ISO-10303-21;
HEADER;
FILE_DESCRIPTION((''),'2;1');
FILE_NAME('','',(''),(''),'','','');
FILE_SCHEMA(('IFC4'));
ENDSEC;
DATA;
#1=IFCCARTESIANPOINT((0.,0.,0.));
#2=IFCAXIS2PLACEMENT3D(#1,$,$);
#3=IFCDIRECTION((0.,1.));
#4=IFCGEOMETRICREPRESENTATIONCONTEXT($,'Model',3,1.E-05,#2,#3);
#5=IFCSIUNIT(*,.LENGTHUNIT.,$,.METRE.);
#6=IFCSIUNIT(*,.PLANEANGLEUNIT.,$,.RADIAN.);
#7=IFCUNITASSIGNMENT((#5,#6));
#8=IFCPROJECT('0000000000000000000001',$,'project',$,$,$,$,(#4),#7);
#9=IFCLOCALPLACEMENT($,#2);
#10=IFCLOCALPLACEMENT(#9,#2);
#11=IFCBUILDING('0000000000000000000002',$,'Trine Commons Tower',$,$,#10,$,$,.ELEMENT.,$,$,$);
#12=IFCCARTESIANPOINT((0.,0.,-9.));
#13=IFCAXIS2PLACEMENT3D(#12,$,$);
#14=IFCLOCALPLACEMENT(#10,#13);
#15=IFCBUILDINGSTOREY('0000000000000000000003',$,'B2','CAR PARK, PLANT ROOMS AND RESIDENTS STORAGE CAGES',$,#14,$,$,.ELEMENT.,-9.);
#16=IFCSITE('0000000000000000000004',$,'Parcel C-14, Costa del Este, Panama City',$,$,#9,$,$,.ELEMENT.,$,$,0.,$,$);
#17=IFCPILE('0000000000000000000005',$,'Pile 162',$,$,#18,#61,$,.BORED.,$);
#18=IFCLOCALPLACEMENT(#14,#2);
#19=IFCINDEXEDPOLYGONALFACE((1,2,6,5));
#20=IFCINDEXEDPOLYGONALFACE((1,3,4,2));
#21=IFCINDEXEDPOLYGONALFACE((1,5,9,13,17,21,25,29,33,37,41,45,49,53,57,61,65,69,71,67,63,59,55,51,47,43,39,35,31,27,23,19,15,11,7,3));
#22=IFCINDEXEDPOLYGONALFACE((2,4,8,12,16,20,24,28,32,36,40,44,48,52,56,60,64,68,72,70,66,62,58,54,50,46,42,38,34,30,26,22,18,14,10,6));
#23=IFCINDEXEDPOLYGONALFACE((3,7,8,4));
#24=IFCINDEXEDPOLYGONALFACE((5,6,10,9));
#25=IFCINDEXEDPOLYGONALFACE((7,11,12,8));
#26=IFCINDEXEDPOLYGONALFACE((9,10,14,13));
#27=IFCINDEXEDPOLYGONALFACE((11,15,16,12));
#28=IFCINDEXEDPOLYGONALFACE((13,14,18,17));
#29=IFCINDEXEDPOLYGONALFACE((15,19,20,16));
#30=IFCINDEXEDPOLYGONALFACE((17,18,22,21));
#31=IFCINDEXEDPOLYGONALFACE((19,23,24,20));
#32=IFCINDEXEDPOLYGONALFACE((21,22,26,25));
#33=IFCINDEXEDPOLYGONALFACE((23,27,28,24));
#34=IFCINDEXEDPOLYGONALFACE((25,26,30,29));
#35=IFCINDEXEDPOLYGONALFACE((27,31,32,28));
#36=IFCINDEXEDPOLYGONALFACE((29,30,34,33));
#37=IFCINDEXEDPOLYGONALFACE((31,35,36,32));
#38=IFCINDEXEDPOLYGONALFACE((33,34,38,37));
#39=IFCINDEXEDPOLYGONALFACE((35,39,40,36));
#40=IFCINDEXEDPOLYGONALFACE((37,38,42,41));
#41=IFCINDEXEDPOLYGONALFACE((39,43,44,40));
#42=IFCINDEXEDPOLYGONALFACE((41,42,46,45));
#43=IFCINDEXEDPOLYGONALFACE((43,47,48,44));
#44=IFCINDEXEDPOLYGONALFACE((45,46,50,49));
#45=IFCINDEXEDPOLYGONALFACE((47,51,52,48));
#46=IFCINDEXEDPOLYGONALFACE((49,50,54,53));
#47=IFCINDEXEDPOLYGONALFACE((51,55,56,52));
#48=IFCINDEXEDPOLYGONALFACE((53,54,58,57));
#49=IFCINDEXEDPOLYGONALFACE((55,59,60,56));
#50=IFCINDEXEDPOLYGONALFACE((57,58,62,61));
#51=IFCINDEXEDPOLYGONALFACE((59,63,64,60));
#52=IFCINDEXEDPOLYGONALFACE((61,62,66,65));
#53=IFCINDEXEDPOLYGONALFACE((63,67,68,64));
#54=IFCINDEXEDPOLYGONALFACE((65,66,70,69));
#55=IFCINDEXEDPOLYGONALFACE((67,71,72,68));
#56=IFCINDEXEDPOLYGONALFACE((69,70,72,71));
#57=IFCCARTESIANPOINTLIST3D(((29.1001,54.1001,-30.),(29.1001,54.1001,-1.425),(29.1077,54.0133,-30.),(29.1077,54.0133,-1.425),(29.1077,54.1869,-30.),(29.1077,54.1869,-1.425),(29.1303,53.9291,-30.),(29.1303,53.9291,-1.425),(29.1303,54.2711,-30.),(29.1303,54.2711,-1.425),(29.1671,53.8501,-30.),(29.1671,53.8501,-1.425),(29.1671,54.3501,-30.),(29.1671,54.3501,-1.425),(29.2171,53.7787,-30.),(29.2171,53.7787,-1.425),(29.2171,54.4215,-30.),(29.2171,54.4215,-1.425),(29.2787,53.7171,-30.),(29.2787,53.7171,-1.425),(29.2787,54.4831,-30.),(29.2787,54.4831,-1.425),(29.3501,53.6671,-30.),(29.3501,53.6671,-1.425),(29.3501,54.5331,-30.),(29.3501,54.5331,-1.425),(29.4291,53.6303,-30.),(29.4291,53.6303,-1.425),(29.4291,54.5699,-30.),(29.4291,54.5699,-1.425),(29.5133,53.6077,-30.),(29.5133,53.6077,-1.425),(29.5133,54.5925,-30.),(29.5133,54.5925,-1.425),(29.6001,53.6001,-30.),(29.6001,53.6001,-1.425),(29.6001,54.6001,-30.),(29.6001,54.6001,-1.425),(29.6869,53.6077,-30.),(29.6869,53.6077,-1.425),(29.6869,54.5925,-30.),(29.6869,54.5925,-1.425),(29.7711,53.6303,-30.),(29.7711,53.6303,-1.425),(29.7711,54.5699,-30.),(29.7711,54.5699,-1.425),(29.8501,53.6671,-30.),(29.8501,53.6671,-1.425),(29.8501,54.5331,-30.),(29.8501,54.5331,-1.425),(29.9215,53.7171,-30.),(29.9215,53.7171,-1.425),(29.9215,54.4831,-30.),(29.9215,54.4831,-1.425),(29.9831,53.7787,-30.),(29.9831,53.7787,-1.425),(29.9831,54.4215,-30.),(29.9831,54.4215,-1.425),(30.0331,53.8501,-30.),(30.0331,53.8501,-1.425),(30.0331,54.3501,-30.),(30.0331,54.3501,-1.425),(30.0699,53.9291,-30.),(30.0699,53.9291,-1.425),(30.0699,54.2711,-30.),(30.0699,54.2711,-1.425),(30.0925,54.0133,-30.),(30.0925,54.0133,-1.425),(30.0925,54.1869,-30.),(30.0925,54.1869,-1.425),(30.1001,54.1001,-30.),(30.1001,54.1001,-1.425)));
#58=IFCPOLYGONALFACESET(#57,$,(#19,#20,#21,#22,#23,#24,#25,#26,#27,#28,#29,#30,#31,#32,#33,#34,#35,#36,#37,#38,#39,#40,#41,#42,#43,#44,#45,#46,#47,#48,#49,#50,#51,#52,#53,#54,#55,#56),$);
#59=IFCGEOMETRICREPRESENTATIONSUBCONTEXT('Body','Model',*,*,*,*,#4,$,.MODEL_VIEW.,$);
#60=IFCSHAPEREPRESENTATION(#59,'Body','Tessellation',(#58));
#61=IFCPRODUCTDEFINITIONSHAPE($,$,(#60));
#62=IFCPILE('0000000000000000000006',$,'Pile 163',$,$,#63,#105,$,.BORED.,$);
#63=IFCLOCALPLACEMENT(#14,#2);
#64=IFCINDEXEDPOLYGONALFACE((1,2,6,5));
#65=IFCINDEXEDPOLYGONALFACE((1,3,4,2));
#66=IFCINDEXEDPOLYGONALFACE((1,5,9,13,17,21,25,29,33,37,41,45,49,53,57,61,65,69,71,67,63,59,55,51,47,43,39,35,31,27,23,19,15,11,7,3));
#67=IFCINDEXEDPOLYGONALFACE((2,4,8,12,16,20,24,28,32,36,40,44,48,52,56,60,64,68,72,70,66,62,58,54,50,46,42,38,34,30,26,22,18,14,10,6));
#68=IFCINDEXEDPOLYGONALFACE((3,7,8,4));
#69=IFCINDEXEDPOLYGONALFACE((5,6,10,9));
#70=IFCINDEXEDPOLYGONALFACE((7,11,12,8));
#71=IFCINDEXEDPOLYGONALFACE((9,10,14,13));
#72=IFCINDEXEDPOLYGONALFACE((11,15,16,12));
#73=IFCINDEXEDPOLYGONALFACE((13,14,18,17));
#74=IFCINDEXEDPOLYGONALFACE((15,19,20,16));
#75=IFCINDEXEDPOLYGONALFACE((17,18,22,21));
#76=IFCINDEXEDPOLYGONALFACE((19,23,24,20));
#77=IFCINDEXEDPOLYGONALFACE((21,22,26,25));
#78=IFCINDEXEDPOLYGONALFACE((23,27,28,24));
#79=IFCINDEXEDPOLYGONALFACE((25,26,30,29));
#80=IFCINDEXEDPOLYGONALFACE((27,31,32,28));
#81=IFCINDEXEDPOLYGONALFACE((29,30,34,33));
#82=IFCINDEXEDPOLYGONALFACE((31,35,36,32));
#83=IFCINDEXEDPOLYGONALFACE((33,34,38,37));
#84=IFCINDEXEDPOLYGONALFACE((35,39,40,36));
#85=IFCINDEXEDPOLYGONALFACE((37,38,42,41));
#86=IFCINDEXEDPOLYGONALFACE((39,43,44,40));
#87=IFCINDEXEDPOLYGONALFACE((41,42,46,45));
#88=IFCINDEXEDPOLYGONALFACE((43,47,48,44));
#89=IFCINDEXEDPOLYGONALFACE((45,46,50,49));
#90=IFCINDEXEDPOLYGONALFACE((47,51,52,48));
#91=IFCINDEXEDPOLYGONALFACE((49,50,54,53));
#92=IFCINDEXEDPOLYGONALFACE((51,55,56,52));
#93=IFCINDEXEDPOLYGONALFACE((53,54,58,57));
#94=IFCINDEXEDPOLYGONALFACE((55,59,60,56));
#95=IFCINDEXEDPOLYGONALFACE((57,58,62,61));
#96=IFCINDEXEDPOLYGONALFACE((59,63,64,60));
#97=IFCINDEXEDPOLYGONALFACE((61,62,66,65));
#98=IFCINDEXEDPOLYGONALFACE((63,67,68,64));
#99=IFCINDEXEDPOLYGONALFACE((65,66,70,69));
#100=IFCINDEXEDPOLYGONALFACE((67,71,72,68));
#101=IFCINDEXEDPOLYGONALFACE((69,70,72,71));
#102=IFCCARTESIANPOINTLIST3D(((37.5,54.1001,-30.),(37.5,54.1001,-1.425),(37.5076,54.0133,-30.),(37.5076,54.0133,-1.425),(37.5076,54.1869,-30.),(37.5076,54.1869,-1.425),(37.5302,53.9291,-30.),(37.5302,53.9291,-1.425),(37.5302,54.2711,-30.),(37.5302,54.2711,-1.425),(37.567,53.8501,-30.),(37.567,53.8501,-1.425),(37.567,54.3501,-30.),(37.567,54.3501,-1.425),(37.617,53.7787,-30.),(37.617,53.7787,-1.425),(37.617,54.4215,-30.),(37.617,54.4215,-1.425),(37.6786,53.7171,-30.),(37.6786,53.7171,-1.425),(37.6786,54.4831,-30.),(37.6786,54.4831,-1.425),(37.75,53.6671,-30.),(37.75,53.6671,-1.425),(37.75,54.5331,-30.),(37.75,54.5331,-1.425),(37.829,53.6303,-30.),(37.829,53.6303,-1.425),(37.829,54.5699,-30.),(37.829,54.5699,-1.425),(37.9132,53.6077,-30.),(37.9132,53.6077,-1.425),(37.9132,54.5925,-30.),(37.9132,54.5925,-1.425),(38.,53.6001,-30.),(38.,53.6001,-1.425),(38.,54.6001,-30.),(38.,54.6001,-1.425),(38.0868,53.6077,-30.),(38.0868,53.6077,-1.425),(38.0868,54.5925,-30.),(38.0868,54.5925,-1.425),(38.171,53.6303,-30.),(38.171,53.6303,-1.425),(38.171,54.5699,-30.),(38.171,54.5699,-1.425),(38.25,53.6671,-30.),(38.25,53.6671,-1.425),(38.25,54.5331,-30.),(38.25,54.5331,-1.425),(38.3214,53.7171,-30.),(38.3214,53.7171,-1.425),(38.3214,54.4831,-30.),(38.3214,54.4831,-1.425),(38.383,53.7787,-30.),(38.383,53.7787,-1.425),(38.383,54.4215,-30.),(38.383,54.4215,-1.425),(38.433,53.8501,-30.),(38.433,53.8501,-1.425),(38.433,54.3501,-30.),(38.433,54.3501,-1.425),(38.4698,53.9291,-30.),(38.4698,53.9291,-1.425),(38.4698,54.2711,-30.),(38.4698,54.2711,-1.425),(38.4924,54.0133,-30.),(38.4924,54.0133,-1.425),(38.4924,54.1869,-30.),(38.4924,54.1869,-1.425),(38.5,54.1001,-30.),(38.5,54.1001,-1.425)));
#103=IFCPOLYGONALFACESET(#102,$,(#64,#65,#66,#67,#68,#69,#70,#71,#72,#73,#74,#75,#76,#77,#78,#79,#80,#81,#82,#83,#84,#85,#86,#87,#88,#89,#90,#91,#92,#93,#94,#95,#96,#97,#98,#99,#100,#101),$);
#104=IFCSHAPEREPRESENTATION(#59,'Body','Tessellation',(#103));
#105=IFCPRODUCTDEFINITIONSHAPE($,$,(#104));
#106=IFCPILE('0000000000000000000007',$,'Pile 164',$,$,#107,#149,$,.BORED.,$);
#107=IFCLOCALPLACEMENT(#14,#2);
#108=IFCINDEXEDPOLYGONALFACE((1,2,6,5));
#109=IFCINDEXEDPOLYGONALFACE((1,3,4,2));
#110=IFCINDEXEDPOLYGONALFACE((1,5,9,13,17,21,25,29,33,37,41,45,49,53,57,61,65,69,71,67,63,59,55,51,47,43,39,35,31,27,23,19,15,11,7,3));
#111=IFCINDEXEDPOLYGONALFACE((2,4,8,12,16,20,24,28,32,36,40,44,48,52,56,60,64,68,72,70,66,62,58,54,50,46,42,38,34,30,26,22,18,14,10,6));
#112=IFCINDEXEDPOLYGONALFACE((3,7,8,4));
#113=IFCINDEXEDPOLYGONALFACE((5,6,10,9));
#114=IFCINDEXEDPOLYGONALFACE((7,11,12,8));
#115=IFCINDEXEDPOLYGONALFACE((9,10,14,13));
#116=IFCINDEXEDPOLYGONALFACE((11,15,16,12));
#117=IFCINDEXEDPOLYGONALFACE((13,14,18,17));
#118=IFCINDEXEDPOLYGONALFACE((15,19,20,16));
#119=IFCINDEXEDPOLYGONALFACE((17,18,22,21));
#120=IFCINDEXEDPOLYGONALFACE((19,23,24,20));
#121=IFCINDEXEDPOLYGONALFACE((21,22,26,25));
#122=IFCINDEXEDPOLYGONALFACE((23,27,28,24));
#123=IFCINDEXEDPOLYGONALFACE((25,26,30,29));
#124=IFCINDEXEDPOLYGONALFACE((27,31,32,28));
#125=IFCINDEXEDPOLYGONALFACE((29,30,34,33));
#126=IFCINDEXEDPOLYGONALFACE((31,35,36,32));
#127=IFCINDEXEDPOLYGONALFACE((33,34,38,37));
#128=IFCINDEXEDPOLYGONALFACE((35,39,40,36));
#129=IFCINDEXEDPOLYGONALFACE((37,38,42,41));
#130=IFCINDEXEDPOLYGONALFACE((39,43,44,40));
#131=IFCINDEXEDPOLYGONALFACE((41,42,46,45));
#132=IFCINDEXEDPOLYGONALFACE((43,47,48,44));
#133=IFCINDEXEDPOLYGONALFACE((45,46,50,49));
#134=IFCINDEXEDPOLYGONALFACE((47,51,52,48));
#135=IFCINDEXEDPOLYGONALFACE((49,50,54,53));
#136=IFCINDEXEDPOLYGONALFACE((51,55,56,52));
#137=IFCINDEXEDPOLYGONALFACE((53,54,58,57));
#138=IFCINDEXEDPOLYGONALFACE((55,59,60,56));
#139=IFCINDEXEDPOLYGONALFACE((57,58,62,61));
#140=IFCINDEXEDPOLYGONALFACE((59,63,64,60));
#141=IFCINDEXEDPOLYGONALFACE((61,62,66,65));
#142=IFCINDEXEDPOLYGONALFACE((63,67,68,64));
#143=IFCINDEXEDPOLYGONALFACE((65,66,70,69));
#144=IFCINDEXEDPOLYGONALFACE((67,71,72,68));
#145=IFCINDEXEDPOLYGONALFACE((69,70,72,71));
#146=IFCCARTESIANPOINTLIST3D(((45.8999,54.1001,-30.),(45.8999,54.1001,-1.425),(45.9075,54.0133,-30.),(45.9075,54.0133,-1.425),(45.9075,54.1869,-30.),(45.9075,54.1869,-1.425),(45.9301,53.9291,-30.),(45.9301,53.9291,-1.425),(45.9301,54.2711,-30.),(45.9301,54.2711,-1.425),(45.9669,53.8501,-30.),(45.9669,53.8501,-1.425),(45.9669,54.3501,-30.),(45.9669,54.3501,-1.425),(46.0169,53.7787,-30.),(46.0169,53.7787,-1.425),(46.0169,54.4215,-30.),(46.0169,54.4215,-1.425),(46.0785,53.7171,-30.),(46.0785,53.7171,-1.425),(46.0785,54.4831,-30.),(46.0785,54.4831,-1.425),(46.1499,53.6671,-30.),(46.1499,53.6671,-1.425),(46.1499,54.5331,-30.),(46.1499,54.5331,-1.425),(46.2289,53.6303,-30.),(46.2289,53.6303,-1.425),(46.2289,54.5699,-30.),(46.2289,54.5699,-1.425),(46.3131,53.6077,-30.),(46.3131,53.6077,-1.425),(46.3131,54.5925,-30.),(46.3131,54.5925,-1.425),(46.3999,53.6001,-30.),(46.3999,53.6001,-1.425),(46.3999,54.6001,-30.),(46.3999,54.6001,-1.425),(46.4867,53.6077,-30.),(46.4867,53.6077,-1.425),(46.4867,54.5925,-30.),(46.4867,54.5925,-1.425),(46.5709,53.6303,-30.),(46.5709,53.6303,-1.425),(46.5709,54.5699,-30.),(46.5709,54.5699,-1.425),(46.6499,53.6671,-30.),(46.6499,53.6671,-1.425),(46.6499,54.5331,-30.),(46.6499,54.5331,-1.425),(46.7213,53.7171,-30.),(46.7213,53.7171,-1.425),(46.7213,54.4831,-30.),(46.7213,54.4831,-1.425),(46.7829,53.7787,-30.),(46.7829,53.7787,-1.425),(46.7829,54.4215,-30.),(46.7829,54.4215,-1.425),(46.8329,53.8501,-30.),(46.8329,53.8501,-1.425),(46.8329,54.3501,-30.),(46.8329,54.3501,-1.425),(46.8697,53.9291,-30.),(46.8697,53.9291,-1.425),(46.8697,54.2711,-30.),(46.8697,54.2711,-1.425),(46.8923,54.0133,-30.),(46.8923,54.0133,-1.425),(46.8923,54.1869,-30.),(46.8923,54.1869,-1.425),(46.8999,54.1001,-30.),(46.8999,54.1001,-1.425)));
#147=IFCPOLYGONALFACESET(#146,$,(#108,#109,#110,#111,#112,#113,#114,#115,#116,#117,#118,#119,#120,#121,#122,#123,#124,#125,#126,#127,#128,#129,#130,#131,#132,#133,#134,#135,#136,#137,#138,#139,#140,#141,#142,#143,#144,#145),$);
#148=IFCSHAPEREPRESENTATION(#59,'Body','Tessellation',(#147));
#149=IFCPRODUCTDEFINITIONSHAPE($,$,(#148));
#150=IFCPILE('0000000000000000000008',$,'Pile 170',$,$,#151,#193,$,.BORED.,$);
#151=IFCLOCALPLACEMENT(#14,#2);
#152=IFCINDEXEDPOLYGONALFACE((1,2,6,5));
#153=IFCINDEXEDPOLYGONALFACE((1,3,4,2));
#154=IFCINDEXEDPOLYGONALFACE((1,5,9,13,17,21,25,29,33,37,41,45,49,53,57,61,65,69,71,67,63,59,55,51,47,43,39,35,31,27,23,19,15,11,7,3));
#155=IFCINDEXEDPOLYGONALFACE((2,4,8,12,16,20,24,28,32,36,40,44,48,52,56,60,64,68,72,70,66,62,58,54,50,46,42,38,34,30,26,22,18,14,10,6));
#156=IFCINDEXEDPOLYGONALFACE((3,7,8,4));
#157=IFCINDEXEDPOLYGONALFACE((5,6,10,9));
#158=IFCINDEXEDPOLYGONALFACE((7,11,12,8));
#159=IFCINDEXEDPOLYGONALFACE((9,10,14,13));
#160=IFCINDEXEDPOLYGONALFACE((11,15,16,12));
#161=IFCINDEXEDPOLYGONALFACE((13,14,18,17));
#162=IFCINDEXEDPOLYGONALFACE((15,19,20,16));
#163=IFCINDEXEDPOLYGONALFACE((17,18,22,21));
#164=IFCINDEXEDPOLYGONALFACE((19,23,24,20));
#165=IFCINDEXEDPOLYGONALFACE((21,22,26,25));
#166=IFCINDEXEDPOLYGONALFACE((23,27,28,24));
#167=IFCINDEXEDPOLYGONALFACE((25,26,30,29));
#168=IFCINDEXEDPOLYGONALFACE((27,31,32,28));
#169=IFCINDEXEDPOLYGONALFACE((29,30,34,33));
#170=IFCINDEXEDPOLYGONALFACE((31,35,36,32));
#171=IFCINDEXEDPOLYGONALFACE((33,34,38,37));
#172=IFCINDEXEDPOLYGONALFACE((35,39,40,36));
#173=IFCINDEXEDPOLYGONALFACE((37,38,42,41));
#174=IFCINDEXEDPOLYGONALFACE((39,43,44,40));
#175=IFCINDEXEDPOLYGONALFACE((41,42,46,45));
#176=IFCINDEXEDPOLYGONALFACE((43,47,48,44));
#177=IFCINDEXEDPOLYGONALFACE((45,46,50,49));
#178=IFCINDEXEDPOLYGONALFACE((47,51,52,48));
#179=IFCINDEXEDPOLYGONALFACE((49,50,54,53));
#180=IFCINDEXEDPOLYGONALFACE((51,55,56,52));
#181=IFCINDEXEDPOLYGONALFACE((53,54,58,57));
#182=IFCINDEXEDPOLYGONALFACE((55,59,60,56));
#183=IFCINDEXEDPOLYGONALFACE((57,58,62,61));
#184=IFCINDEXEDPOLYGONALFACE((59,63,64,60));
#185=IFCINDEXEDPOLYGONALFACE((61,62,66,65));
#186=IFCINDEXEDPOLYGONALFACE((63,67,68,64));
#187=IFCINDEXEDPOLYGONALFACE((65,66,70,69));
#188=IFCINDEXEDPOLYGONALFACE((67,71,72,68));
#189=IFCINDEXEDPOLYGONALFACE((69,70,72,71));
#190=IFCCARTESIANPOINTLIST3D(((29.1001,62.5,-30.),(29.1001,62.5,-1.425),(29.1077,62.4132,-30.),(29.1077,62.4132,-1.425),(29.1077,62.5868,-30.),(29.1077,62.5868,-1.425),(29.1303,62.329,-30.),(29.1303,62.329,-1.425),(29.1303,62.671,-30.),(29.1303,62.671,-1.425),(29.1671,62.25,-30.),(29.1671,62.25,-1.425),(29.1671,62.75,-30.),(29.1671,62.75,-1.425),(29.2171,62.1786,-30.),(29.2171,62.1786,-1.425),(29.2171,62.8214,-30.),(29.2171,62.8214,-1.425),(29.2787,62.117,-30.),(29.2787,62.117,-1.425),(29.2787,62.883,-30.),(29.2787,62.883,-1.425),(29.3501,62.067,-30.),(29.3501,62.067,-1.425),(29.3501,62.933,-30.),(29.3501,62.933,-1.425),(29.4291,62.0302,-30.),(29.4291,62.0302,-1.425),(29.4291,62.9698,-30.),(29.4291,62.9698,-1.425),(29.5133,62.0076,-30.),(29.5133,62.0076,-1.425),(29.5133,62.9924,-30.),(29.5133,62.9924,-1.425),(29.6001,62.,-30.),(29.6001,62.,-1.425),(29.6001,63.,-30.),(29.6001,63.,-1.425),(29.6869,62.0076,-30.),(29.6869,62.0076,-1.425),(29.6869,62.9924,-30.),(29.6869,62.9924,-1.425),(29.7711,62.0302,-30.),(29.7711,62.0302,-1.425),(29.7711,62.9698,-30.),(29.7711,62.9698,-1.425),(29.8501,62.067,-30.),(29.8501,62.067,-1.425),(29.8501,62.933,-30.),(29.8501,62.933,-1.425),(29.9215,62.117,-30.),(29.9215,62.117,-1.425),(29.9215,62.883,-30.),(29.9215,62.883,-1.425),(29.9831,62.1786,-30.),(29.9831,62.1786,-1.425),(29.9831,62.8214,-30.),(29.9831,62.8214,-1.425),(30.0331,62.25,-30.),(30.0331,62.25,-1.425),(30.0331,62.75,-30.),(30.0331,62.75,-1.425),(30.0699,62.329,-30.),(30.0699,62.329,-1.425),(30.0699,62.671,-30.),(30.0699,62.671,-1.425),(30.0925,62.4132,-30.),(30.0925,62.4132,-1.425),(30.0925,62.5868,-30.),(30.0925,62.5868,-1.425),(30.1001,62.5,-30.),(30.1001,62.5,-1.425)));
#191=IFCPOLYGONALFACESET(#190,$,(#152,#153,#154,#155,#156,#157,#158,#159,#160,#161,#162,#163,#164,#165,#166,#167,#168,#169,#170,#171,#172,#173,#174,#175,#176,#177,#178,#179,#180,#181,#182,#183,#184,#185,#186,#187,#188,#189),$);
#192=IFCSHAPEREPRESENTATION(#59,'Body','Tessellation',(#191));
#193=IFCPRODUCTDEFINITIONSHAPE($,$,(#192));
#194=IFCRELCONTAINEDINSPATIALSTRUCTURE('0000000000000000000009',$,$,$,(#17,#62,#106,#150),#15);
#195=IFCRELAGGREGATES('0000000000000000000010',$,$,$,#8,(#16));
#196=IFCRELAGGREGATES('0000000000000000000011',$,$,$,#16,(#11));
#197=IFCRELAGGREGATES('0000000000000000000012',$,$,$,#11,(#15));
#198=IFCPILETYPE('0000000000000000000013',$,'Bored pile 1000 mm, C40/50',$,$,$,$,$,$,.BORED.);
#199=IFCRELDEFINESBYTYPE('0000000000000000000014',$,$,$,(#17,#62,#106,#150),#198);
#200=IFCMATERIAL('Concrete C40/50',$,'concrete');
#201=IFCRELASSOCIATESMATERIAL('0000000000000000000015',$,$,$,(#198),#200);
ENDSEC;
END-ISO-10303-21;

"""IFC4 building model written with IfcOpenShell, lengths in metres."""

from ifc_helpers import new_model, si_unit, direction, frame, origin, origin_2d, place, context, subcontext, project, spatial, circle, extrude, material, type_object, element, save


model = new_model("IFC4")

# Units and contexts
model_context = context("Model", 3, precision=1e-05, world=origin(), true_north=direction((0.0, 1.0)))
body_context = subcontext(model_context, "Body", "Model", "MODEL_VIEW")
ifc_project = project(units=[si_unit("LENGTHUNIT", "METRE"), si_unit("PLANEANGLEUNIT", "RADIAN")], contexts=[model_context])

# Site, building, storey
site_placement = place(None, origin())
site = spatial("IfcSite", under=ifc_project, at=site_placement, Name="Parcel C-14, Costa del Este, Panama City", CompositionType="ELEMENT", RefElevation=0.0)
building_placement = place(site_placement, origin())
building = spatial("IfcBuilding", under=site, at=building_placement, Name="Trine Commons Tower", CompositionType="ELEMENT")
storey_placement = place(building_placement, frame((0.0, 0.0, -9.0)))
storey = spatial("IfcBuildingStorey", under=building, at=storey_placement, Name="B2", Description="CAR PARK, PLANT ROOMS AND RESIDENTS STORAGE CAGES", CompositionType="ELEMENT", Elevation=-9.0)

# Piles
ifc_material_1 = material(Name="Concrete C40/50", Category="concrete")
pile_type_1 = type_object("IfcPileType", Name="Bored pile 1000 mm, C40/50", PredefinedType="BORED", material=ifc_material_1)
for number, where, z_axis, x_axis, name in (
    (1, (29.6001, 54.1001, -1.425), (0.0, 0.0, -1.0), (1.0, 0.0, 0.0), "Pile 162"),
    (2, (38.0, 54.1001, -1.425), (0.0, 0.0, -1.0), (1.0, 0.0, 0.0), "Pile 163"),
    (3, (46.3999, 54.1001, -1.425), (0.0, 0.0, -1.0), (1.0, 0.0, 0.0), "Pile 164"),
    (4, (29.6001, 62.5, -1.425), (0.0, 0.0, -1.0), (1.0, 0.0, 0.0), "Pile 170"),
):
    element("IfcPile", number, at=place(storey_placement, frame(where, z_axis=z_axis, x_axis=x_axis)), inside=storey, type_object=pile_type_1, Name=name, PredefinedType="BORED", context=body_context, shape_type="SweptSolid", body=[
        extrude(circle(Radius=0.5, at=origin_2d()), origin(), (0.0, 0.0, 1.0), 28.575),
    ])

save(model, "model.ifc")
